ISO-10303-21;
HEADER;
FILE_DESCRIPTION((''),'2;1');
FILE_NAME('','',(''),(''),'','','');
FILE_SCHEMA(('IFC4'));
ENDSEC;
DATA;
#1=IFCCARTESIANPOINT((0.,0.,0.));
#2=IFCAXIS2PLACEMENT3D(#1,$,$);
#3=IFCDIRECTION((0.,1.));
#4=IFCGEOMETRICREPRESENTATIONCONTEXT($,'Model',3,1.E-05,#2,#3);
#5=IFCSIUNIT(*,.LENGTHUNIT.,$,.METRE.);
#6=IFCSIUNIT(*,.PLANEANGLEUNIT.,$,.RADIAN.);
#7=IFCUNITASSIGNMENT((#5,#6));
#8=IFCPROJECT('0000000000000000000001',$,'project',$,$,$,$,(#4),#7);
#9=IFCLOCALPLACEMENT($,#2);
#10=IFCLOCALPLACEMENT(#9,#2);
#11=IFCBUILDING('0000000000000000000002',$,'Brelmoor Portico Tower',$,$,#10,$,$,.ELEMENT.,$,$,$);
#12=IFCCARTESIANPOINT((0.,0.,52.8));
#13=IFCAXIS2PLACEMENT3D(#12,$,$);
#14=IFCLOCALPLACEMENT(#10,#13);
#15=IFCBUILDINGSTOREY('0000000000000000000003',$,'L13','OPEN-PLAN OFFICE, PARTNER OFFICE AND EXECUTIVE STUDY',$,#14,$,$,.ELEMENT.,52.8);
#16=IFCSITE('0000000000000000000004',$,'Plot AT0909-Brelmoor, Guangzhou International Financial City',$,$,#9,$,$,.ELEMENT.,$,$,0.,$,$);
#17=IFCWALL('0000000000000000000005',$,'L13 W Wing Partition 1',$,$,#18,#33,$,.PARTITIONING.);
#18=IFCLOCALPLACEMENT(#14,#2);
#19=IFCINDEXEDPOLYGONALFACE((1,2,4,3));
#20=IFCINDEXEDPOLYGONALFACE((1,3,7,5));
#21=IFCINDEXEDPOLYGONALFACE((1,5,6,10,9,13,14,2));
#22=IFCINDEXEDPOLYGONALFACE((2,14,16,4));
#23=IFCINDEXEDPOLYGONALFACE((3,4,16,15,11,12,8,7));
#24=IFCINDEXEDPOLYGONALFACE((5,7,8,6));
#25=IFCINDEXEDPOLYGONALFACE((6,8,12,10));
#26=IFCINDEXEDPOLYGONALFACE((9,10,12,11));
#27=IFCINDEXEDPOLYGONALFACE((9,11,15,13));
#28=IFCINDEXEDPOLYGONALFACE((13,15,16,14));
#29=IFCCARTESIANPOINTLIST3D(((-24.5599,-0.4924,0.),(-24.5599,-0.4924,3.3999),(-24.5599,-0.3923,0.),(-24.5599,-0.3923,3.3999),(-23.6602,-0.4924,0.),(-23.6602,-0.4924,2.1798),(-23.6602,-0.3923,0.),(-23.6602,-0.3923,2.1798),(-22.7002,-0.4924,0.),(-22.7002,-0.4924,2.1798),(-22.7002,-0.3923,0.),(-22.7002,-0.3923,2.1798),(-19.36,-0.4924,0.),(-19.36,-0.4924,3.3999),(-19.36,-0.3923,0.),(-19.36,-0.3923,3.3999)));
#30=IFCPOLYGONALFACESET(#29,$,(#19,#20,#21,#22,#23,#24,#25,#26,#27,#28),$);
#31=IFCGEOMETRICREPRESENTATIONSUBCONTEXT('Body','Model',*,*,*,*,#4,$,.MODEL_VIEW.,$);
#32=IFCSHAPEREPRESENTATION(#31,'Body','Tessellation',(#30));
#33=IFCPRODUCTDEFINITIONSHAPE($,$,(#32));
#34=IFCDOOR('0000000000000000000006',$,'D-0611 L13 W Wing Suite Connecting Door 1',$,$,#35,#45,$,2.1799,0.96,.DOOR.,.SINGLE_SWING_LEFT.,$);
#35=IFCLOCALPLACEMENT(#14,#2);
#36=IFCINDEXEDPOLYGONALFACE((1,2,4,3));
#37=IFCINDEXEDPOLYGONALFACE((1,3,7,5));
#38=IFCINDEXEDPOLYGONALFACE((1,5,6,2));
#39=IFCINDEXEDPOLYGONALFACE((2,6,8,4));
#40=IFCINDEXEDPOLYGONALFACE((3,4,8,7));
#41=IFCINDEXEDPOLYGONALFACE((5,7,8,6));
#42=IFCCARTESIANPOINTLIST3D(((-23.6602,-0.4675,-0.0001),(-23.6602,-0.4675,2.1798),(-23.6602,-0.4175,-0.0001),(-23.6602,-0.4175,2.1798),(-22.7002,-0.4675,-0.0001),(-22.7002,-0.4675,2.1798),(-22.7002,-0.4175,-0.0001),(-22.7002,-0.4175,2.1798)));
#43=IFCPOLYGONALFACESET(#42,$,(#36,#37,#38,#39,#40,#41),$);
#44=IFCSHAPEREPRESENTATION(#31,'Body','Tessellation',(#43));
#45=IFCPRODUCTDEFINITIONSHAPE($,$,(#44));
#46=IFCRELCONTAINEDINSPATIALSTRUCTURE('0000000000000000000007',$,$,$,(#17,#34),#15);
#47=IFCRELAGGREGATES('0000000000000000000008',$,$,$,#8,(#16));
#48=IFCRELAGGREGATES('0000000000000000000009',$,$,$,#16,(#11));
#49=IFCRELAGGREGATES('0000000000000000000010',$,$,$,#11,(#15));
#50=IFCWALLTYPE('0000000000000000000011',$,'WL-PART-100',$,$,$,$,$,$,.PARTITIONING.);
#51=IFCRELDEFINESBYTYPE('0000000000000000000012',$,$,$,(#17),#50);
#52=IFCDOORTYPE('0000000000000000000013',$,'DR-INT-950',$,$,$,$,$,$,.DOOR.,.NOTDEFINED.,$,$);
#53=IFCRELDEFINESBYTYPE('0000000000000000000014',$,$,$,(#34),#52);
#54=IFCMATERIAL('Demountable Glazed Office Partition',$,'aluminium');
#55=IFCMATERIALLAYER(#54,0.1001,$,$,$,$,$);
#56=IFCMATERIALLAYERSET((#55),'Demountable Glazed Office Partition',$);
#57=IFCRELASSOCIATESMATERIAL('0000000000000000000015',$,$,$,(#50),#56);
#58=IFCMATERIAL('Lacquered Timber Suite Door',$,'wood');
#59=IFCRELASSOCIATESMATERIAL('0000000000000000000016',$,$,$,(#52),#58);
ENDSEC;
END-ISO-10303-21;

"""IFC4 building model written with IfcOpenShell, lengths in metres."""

from ifc_helpers import new_model, si_unit, direction, frame, frame_2d, origin, place, context, subcontext, project, spatial, rectangle, extrude, material, layer, layer_set, type_object, element, fill, save


model = new_model("IFC4")

# Units and contexts
model_context = context("Model", 3, precision=1e-05, world=origin(), true_north=direction((0.0, 1.0)))
body_context = subcontext(model_context, "Body", "Model", "MODEL_VIEW")
ifc_project = project(units=[si_unit("LENGTHUNIT", "METRE"), si_unit("PLANEANGLEUNIT", "RADIAN")], contexts=[model_context])

# Site, building, storey
site_placement = place(None, origin())
site = spatial("IfcSite", under=ifc_project, at=site_placement, Name="Plot AT0909-Brelmoor, Guangzhou International Financial City", CompositionType="ELEMENT", RefElevation=0.0)
building_placement = place(site_placement, origin())
building = spatial("IfcBuilding", under=site, at=building_placement, Name="Brelmoor Portico Tower", CompositionType="ELEMENT")
storey_placement = place(building_placement, frame((0.0, 0.0, 52.8)))
storey = spatial("IfcBuildingStorey", under=building, at=storey_placement, Name="L13", Description="OPEN-PLAN OFFICE, PARTNER OFFICE AND EXECUTIVE STUDY", CompositionType="ELEMENT", Elevation=52.8)

# Wall, opening, door
ifc_material_1 = material(Name="Demountable Glazed Office Partition", Category="aluminium")
ifc_layer_1 = layer(ifc_material_1, 0.1001)
ifc_layer_set_1 = layer_set([ifc_layer_1], Name="Demountable Glazed Office Partition")
wall_type_1 = type_object("IfcWallType", Name="WL-PART-100", PredefinedType="PARTITIONING", material=ifc_layer_set_1)
wall_1_placement = place(storey_placement, frame((-24.5601, -0.4424, 0.0), z_axis=(0.0, 0.0, 1.0), x_axis=(1.0, 0.0, 0.0)))
wall_1 = element("IfcWall", 1, at=wall_1_placement, inside=storey, type_object=wall_type_1, Name="L13 W Wing Partition 1", PredefinedType="PARTITIONING", context=body_context, shape_type="SweptSolid", body=[
    extrude(rectangle(XDim=5.2, YDim=0.1001, at=frame_2d((2.6001, 0.0))), origin(), (0.0, 0.0, 1.0), 3.3999),
])
opening_placement = place(wall_1_placement, frame((0.8999, 0.0, 0.0)))
opening = element("IfcOpeningElement", 2, at=opening_placement, cuts=wall_1, PredefinedType="OPENING", context=body_context, shape_type="SweptSolid", body=[
    extrude(rectangle(XDim=0.96, YDim=2.1799, at=frame_2d((0.48, 1.0898))), frame((0.0, 0.0601, 0.0), z_axis=(0.0, -1.0, 0.0), x_axis=(1.0, 0.0, 0.0)), (0.0, 0.0, 1.0), 0.1201),
])
ifc_material_2 = material(Name="Lacquered Timber Suite Door", Category="wood")
door_type = type_object("IfcDoorType", Name="DR-INT-950", OperationType="NOTDEFINED", PredefinedType="DOOR", material=ifc_material_2)
door_placement = place(opening_placement, origin())
door = element("IfcDoor", 3, at=door_placement, inside=storey, type_object=door_type, Name="D-0611 L13 W Wing Suite Connecting Door 1", OperationType="SINGLE_SWING_LEFT", OverallHeight=2.1799, OverallWidth=0.96, PredefinedType="DOOR", context=body_context, shape_type="SweptSolid", body=[
    extrude(rectangle(XDim=0.96, YDim=2.1799, at=frame_2d((0.48, 1.0898))), frame((0.0, 0.0249, 0.0), z_axis=(0.0, -1.0, 0.0), x_axis=(1.0, 0.0, 0.0)), (0.0, 0.0, 1.0), 0.05),
])
fill(opening, door)

save(model, "model.ifc")
